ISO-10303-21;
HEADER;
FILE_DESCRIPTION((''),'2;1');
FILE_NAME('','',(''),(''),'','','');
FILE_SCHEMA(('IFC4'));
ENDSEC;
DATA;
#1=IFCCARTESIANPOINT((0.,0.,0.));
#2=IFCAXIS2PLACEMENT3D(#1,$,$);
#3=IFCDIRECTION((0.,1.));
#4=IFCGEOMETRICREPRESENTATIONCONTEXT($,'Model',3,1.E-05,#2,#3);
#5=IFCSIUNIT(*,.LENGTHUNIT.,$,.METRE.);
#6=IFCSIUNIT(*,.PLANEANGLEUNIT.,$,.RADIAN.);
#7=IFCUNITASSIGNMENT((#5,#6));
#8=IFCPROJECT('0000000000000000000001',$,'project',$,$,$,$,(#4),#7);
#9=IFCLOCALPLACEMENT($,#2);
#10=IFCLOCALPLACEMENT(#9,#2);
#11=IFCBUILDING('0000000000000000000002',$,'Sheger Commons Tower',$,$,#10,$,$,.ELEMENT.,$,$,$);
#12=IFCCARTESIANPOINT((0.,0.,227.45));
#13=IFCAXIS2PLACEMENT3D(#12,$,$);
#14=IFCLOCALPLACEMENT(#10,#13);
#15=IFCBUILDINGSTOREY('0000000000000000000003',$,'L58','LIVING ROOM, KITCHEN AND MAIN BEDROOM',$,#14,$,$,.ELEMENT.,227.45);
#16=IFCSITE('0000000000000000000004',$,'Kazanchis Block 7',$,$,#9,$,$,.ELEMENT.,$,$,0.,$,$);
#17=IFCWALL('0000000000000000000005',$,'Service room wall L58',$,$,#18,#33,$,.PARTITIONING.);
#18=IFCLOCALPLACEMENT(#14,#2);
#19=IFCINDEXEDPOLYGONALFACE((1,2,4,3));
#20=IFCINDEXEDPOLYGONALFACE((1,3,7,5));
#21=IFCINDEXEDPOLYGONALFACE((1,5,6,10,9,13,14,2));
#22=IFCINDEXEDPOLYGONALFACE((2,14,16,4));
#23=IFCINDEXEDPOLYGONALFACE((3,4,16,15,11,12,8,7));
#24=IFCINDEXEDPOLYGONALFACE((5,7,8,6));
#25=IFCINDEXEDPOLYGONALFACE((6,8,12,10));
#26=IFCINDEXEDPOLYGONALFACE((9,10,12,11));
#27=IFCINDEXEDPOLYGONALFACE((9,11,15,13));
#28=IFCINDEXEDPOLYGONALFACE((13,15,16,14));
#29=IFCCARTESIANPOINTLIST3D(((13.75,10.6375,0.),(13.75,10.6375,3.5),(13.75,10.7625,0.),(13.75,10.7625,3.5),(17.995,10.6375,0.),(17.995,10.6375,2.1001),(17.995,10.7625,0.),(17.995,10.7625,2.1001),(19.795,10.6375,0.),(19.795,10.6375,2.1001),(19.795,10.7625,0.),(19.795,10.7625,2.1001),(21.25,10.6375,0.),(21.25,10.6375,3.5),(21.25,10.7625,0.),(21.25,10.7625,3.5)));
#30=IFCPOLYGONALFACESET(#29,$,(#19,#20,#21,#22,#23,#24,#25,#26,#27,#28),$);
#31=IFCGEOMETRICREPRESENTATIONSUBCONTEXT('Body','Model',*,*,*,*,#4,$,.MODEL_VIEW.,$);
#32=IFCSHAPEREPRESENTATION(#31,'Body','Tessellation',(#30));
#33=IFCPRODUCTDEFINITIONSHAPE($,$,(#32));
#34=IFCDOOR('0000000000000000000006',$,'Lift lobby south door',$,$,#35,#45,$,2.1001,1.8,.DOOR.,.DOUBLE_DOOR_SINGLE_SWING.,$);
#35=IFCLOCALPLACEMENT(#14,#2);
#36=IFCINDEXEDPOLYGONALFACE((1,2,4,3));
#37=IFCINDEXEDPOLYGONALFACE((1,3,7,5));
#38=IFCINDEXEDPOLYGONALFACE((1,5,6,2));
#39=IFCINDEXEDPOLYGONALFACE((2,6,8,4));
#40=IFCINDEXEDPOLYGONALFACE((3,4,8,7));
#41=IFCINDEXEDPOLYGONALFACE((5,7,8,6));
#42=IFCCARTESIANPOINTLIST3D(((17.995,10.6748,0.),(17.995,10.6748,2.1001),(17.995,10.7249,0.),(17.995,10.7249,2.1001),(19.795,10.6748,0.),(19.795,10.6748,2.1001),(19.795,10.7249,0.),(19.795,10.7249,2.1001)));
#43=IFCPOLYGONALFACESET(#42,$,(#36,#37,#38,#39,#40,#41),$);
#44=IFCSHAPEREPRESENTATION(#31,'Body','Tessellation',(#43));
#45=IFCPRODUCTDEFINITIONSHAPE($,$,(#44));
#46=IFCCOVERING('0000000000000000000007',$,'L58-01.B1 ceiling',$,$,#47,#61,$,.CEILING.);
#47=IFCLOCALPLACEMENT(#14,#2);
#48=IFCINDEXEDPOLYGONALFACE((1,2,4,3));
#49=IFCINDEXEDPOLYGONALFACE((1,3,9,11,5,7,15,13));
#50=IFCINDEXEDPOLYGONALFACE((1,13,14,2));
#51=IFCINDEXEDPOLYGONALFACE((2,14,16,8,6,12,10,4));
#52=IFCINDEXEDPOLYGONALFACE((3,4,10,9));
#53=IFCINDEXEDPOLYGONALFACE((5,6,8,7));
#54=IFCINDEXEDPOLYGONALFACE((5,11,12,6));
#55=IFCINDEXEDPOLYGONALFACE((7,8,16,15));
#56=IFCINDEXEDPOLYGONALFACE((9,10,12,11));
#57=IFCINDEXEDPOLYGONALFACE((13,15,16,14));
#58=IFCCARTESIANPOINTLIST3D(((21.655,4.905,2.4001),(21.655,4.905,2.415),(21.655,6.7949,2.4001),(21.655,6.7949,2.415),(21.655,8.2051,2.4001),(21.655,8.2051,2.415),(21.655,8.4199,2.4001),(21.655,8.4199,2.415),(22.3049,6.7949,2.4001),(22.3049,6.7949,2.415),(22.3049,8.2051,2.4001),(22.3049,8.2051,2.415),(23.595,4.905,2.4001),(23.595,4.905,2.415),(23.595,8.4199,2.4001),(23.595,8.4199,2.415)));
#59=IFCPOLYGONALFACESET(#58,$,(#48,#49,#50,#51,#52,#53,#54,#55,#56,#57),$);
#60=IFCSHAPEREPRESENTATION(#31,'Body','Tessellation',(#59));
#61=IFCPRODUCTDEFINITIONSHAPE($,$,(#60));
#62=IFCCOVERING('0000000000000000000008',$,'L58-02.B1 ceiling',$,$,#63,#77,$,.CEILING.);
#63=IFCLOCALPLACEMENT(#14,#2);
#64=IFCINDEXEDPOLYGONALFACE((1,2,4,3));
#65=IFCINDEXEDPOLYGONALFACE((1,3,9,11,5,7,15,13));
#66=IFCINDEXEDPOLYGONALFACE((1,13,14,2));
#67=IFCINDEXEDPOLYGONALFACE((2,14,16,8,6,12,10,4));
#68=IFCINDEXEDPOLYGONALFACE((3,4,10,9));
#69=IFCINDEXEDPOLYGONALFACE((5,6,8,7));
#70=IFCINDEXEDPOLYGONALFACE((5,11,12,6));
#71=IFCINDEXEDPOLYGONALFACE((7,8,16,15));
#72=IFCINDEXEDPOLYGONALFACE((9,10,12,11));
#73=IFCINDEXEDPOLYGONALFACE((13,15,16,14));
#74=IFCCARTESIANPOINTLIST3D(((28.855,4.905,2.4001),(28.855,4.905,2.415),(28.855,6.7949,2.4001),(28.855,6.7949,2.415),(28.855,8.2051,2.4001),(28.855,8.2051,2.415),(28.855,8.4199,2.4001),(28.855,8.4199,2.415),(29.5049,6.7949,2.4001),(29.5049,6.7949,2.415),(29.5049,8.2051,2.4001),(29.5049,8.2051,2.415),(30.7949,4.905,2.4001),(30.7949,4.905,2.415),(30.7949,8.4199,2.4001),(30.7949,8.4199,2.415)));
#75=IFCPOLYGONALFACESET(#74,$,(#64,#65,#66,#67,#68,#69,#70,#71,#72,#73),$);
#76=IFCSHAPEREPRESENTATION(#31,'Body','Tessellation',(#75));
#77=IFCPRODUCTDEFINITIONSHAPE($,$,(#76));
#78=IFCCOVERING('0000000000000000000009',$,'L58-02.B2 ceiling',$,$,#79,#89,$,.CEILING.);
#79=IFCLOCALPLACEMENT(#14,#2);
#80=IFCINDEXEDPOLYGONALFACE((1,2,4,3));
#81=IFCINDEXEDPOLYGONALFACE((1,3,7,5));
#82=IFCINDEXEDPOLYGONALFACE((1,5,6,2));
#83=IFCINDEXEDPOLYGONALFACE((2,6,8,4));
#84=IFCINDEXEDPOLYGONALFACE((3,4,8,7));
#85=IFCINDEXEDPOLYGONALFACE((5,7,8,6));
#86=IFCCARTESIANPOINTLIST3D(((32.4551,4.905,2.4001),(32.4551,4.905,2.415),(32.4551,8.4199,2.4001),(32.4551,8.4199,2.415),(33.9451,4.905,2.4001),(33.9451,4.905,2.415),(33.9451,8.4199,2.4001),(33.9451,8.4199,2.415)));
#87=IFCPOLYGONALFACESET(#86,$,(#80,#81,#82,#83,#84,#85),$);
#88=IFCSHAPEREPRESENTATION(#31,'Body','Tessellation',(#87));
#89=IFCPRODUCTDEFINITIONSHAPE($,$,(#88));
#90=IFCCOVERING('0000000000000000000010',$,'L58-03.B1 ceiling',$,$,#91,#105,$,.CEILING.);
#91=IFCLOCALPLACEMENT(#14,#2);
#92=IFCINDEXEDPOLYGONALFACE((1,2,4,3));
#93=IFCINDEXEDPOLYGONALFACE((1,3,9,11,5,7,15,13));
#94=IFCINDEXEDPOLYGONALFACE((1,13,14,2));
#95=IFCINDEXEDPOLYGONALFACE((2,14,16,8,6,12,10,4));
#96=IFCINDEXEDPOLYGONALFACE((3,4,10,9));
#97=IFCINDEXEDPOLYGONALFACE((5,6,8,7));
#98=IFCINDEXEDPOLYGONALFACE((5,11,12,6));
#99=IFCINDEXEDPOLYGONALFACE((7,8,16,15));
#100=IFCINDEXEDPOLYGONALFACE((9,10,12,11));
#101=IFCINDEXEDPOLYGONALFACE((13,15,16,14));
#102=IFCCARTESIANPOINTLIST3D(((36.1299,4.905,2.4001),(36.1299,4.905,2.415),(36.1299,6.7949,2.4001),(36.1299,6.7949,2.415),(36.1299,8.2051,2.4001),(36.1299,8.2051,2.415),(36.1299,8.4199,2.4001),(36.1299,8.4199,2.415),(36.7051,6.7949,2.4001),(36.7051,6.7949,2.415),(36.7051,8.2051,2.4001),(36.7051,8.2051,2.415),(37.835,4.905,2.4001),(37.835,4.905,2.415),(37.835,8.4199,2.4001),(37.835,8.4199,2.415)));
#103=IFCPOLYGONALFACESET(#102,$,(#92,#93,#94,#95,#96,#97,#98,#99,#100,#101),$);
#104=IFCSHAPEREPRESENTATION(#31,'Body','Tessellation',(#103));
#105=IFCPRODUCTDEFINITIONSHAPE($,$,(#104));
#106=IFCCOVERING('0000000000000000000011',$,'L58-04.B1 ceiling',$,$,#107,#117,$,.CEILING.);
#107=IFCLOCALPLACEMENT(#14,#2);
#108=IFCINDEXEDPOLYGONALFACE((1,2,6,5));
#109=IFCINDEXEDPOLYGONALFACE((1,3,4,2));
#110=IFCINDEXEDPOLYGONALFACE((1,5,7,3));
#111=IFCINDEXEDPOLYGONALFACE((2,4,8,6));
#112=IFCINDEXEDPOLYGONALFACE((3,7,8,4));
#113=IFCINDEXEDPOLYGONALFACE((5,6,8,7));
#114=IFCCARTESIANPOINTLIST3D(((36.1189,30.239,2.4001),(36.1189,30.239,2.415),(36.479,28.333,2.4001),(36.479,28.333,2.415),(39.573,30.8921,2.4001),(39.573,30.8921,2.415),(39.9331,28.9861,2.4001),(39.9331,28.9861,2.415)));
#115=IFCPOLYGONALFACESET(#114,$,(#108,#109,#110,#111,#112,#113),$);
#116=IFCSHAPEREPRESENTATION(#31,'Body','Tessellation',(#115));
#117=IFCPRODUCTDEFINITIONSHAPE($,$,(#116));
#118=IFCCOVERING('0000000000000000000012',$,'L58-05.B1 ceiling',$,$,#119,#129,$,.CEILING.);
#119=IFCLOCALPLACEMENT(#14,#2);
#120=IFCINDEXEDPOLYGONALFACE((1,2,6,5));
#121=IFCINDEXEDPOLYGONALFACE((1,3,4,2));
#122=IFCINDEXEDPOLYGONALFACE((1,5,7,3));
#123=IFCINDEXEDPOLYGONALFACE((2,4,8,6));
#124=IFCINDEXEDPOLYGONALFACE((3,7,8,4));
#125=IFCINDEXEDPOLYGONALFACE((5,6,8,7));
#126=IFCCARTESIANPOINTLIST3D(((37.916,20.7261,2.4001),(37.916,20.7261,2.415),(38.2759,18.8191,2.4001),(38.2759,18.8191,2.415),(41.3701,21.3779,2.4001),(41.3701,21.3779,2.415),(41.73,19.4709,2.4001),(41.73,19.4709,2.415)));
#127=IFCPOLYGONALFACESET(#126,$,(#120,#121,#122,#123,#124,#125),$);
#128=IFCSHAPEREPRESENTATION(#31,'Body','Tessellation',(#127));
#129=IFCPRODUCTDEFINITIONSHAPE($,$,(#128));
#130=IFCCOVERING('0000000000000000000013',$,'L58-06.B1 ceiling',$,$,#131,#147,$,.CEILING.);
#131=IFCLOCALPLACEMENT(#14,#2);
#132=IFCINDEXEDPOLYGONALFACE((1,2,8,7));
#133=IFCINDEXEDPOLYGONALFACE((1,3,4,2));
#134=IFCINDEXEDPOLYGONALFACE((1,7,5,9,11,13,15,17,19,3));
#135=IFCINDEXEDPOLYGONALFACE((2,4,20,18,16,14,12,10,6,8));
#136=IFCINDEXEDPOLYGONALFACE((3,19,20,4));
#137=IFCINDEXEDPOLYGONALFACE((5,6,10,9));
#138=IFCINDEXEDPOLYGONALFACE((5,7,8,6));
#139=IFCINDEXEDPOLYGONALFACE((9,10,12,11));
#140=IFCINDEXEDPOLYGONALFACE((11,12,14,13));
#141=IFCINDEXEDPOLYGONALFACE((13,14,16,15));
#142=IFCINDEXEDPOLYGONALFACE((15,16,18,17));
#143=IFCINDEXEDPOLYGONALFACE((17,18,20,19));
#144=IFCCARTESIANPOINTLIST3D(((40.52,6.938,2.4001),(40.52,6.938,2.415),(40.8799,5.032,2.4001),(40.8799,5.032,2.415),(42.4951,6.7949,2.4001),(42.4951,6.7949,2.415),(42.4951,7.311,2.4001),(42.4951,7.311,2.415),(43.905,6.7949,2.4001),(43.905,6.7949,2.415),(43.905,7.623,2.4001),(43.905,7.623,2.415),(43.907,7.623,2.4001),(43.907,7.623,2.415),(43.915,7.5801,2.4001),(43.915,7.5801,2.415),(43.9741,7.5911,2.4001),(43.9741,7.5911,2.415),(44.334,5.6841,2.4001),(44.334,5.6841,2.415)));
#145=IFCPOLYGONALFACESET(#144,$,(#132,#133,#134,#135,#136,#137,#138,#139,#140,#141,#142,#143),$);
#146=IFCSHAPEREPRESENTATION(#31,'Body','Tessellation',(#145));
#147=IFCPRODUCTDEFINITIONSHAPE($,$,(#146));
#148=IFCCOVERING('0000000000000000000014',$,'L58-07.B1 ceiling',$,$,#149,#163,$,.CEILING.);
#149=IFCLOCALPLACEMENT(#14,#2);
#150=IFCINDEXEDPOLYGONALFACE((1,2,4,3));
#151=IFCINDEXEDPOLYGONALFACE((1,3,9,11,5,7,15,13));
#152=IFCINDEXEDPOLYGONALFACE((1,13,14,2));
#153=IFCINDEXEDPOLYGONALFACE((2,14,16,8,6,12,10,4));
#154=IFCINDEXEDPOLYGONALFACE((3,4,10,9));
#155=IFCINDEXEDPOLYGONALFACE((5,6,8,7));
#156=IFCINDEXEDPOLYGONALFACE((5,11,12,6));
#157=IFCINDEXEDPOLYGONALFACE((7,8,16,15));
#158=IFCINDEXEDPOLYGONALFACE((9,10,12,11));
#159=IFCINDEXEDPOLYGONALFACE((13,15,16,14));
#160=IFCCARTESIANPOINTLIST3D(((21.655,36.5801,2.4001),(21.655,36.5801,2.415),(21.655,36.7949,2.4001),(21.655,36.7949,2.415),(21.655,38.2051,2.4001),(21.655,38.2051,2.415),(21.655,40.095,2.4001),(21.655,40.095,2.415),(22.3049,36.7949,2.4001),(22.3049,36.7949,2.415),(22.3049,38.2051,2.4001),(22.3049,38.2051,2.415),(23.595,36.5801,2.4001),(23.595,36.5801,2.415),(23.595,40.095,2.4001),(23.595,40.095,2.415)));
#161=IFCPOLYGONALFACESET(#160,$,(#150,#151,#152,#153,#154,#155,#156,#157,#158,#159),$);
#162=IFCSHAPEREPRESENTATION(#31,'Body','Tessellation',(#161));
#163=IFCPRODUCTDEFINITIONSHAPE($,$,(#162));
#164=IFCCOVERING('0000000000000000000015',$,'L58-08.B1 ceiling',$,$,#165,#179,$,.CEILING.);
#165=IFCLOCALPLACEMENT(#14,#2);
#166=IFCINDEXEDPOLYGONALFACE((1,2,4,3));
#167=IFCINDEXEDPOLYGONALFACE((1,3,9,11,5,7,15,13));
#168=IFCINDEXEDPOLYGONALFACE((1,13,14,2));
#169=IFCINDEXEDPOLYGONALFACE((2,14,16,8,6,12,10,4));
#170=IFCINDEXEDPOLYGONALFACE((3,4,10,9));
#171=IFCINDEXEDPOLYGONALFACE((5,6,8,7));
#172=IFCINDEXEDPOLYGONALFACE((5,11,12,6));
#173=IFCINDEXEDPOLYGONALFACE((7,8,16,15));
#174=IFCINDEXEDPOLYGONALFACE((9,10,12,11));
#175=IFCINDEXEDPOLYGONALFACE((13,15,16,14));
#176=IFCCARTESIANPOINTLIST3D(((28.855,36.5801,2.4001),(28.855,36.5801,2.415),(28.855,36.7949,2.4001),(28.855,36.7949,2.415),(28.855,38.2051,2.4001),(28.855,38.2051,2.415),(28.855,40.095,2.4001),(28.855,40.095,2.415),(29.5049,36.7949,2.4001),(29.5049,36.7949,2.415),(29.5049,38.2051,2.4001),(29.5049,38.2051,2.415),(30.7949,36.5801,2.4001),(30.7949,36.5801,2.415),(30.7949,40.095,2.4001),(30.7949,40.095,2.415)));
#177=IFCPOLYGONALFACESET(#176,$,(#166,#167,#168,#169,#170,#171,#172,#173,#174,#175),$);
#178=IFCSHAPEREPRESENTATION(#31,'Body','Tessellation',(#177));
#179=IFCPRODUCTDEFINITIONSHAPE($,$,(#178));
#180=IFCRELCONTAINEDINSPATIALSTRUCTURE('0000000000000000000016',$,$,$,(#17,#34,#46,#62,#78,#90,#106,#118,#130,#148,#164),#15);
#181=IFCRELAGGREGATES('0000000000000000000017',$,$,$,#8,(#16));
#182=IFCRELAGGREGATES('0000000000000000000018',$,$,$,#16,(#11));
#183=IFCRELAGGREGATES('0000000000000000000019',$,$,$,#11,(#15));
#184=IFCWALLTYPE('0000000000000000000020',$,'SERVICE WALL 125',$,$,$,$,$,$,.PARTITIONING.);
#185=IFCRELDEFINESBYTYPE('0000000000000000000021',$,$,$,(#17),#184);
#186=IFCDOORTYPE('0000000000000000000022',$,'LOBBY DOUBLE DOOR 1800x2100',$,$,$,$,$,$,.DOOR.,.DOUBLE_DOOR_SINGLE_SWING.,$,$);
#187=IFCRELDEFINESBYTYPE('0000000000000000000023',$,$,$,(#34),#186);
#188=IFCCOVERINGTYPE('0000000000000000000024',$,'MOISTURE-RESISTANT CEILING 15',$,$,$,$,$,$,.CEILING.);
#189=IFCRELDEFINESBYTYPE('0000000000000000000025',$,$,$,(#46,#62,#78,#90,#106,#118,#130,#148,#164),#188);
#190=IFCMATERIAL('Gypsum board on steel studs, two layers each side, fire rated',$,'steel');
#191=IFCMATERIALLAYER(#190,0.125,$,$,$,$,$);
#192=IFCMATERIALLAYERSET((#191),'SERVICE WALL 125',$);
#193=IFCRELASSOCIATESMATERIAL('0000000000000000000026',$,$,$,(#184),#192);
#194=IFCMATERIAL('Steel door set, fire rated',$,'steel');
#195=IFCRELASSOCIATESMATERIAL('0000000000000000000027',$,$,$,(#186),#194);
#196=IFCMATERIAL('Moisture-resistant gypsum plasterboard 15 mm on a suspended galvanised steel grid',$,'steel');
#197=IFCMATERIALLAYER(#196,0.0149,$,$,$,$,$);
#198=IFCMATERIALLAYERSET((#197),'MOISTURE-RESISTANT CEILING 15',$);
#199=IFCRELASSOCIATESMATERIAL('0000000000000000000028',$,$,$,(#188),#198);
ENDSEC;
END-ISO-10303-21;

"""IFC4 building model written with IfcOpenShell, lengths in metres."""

from ifc_helpers import new_model, si_unit, direction, frame, frame_2d, origin, place, context, subcontext, project, spatial, polyline, rectangle, outline, extrude, material, layer, layer_set, type_object, element, fill, save


model = new_model("IFC4")

# Units and contexts
model_context = context("Model", 3, precision=1e-05, world=origin(), true_north=direction((0.0, 1.0)))
body_context = subcontext(model_context, "Body", "Model", "MODEL_VIEW")
ifc_project = project(units=[si_unit("LENGTHUNIT", "METRE"), si_unit("PLANEANGLEUNIT", "RADIAN")], contexts=[model_context])

# Site, building, storey
site_placement = place(None, origin())
site = spatial("IfcSite", under=ifc_project, at=site_placement, Name="Kazanchis Block 7", CompositionType="ELEMENT", RefElevation=0.0)
building_placement = place(site_placement, origin())
building = spatial("IfcBuilding", under=site, at=building_placement, Name="Sheger Commons Tower", CompositionType="ELEMENT")
storey_placement = place(building_placement, frame((0.0, 0.0, 227.45)))
storey = spatial("IfcBuildingStorey", under=building, at=storey_placement, Name="L58", Description="LIVING ROOM, KITCHEN AND MAIN BEDROOM", CompositionType="ELEMENT", Elevation=227.45)

# Wall, opening, door
ifc_material_1 = material(Name="Gypsum board on steel studs, two layers each side, fire rated", Category="steel")
ifc_layer_1 = layer(ifc_material_1, 0.125)
ifc_layer_set_1 = layer_set([ifc_layer_1], Name="SERVICE WALL 125")
wall_type_1 = type_object("IfcWallType", Name="SERVICE WALL 125", PredefinedType="PARTITIONING", material=ifc_layer_set_1)
wall_1_placement = place(storey_placement, frame((13.75, 10.7, 0.0), z_axis=(0.0, 0.0, 1.0), x_axis=(1.0, 0.0, 0.0)))
wall_1 = element("IfcWall", 1, at=wall_1_placement, inside=storey, type_object=wall_type_1, Name="Service room wall L58", PredefinedType="PARTITIONING", context=body_context, shape_type="SweptSolid", body=[
    extrude(rectangle(XDim=7.5, YDim=0.125, at=frame_2d((3.75, 0.0))), origin(), (0.0, 0.0, 1.0), 3.5),
])
opening_placement = place(wall_1_placement, frame((4.2451, 0.0, 0.0)))
opening = element("IfcOpeningElement", 2, at=opening_placement, cuts=wall_1, PredefinedType="OPENING", context=body_context, shape_type="SweptSolid", body=[
    extrude(rectangle(XDim=1.8, YDim=2.1001, at=frame_2d((0.8999, 1.05))), frame((0.0, 0.0725, 0.0), z_axis=(0.0, -1.0, 0.0), x_axis=(1.0, 0.0, 0.0)), (0.0, 0.0, 1.0), 0.145),
])
ifc_material_2 = material(Name="Steel door set, fire rated", Category="steel")
door_type = type_object("IfcDoorType", Name="LOBBY DOUBLE DOOR 1800x2100", OperationType="DOUBLE_DOOR_SINGLE_SWING", PredefinedType="DOOR", material=ifc_material_2)
door_placement = place(opening_placement, origin())
door = element("IfcDoor", 3, at=door_placement, inside=storey, type_object=door_type, Name="Lift lobby south door", OperationType="DOUBLE_DOOR_SINGLE_SWING", OverallHeight=2.1001, OverallWidth=1.8, PredefinedType="DOOR", context=body_context, shape_type="SweptSolid", body=[
    extrude(rectangle(XDim=1.8, YDim=2.1001, at=frame_2d((0.8999, 1.05))), frame((0.0, 0.0249, 0.0), z_axis=(0.0, -1.0, 0.0), x_axis=(1.0, 0.0, 0.0)), (0.0, 0.0, 1.0), 0.05),
])
fill(opening, door)

# Coverings
ifc_material_3 = material(Name="Moisture-resistant gypsum plasterboard 15 mm on a suspended galvanised steel grid", Category="steel")
ifc_layer_2 = layer(ifc_material_3, 0.0149)
ifc_layer_set_2 = layer_set([ifc_layer_2], Name="MOISTURE-RESISTANT CEILING 15")
covering_type_1 = type_object("IfcCoveringType", Name="MOISTURE-RESISTANT CEILING 15", PredefinedType="CEILING", material=ifc_layer_set_2)
covering_1_placement = place(storey_placement, frame((0.0, 0.0, 2.4001)))
element("IfcCovering", 4, at=covering_1_placement, inside=storey, type_object=covering_type_1, Name="L58-01.B1 ceiling", PredefinedType="CEILING", context=body_context, shape_type="SweptSolid", body=[
    extrude(outline(polyline([(21.655, 4.905), (23.595, 4.905), (23.595, 8.4199), (21.655, 8.4199), (21.655, 8.2051), (22.3049, 8.2051), (22.3049, 6.7949), (21.655, 6.7949), (21.655, 4.905)])), origin(), (0.0, 0.0, 1.0), 0.0149),
])
covering_2_placement = place(storey_placement, frame((0.0, 0.0, 2.4001)))
element("IfcCovering", 5, at=covering_2_placement, inside=storey, type_object=covering_type_1, Name="L58-02.B1 ceiling", PredefinedType="CEILING", context=body_context, shape_type="SweptSolid", body=[
    extrude(outline(polyline([(28.855, 4.905), (30.7949, 4.905), (30.7949, 8.4199), (28.855, 8.4199), (28.855, 8.2051), (29.5049, 8.2051), (29.5049, 6.7949), (28.855, 6.7949), (28.855, 4.905)])), origin(), (0.0, 0.0, 1.0), 0.0149),
])
covering_3_placement = place(storey_placement, frame((0.0, 0.0, 2.4001)))
element("IfcCovering", 6, at=covering_3_placement, inside=storey, type_object=covering_type_1, Name="L58-02.B2 ceiling", PredefinedType="CEILING", context=body_context, shape_type="SweptSolid", body=[
    extrude(outline(polyline([(32.4551, 4.905), (33.9451, 4.905), (33.9451, 8.4199), (32.4551, 8.4199), (32.4551, 4.905)])), origin(), (0.0, 0.0, 1.0), 0.0149),
])
covering_4_placement = place(storey_placement, frame((0.0, 0.0, 2.4001)))
element("IfcCovering", 7, at=covering_4_placement, inside=storey, type_object=covering_type_1, Name="L58-03.B1 ceiling", PredefinedType="CEILING", context=body_context, shape_type="SweptSolid", body=[
    extrude(outline(polyline([(36.1299, 4.905), (37.835, 4.905), (37.835, 8.4199), (36.1299, 8.4199), (36.1299, 8.2051), (36.7051, 8.2051), (36.7051, 6.7949), (36.1299, 6.7949), (36.1299, 4.905)])), origin(), (0.0, 0.0, 1.0), 0.0149),
])
covering_5_placement = place(storey_placement, frame((0.0, 0.0, 2.4001)))
element("IfcCovering", 8, at=covering_5_placement, inside=storey, type_object=covering_type_1, Name="L58-04.B1 ceiling", PredefinedType="CEILING", context=body_context, shape_type="SweptSolid", body=[
    extrude(outline(polyline([(36.479, 28.333), (39.9331, 28.9861), (39.573, 30.8921), (36.1189, 30.239), (36.479, 28.333)])), origin(), (0.0, 0.0, 1.0), 0.0149),
])
covering_6_placement = place(storey_placement, frame((0.0, 0.0, 2.4001)))
element("IfcCovering", 9, at=covering_6_placement, inside=storey, type_object=covering_type_1, Name="L58-05.B1 ceiling", PredefinedType="CEILING", context=body_context, shape_type="SweptSolid", body=[
    extrude(outline(polyline([(38.2759, 18.8191), (41.73, 19.4709), (41.3701, 21.3779), (37.916, 20.7261), (38.2759, 18.8191)])), origin(), (0.0, 0.0, 1.0), 0.0149),
])
covering_7_placement = place(storey_placement, frame((0.0, 0.0, 2.4001)))
element("IfcCovering", 10, at=covering_7_placement, inside=storey, type_object=covering_type_1, Name="L58-06.B1 ceiling", PredefinedType="CEILING", context=body_context, shape_type="SweptSolid", body=[
    extrude(outline(polyline([(40.8799, 5.032), (44.334, 5.6841), (43.9741, 7.5911), (43.915, 7.5801), (43.907, 7.623), (43.905, 7.623), (43.905, 6.7949), (42.4951, 6.7949), (42.4951, 7.311), (40.52, 6.938), (40.8799, 5.032)])), origin(), (0.0, 0.0, 1.0), 0.0149),
])
covering_8_placement = place(storey_placement, frame((0.0, 0.0, 2.4001)))
element("IfcCovering", 11, at=covering_8_placement, inside=storey, type_object=covering_type_1, Name="L58-07.B1 ceiling", PredefinedType="CEILING", context=body_context, shape_type="SweptSolid", body=[
    extrude(outline(polyline([(21.655, 36.5801), (23.595, 36.5801), (23.595, 40.095), (21.655, 40.095), (21.655, 38.2051), (22.3049, 38.2051), (22.3049, 36.7949), (21.655, 36.7949), (21.655, 36.5801)])), origin(), (0.0, 0.0, 1.0), 0.0149),
])
covering_9_placement = place(storey_placement, frame((0.0, 0.0, 2.4001)))
element("IfcCovering", 12, at=covering_9_placement, inside=storey, type_object=covering_type_1, Name="L58-08.B1 ceiling", PredefinedType="CEILING", context=body_context, shape_type="SweptSolid", body=[
    extrude(outline(polyline([(28.855, 36.5801), (30.7949, 36.5801), (30.7949, 40.095), (28.855, 40.095), (28.855, 38.2051), (29.5049, 38.2051), (29.5049, 36.7949), (28.855, 36.7949), (28.855, 36.5801)])), origin(), (0.0, 0.0, 1.0), 0.0149),
])

save(model, "model.ifc")
